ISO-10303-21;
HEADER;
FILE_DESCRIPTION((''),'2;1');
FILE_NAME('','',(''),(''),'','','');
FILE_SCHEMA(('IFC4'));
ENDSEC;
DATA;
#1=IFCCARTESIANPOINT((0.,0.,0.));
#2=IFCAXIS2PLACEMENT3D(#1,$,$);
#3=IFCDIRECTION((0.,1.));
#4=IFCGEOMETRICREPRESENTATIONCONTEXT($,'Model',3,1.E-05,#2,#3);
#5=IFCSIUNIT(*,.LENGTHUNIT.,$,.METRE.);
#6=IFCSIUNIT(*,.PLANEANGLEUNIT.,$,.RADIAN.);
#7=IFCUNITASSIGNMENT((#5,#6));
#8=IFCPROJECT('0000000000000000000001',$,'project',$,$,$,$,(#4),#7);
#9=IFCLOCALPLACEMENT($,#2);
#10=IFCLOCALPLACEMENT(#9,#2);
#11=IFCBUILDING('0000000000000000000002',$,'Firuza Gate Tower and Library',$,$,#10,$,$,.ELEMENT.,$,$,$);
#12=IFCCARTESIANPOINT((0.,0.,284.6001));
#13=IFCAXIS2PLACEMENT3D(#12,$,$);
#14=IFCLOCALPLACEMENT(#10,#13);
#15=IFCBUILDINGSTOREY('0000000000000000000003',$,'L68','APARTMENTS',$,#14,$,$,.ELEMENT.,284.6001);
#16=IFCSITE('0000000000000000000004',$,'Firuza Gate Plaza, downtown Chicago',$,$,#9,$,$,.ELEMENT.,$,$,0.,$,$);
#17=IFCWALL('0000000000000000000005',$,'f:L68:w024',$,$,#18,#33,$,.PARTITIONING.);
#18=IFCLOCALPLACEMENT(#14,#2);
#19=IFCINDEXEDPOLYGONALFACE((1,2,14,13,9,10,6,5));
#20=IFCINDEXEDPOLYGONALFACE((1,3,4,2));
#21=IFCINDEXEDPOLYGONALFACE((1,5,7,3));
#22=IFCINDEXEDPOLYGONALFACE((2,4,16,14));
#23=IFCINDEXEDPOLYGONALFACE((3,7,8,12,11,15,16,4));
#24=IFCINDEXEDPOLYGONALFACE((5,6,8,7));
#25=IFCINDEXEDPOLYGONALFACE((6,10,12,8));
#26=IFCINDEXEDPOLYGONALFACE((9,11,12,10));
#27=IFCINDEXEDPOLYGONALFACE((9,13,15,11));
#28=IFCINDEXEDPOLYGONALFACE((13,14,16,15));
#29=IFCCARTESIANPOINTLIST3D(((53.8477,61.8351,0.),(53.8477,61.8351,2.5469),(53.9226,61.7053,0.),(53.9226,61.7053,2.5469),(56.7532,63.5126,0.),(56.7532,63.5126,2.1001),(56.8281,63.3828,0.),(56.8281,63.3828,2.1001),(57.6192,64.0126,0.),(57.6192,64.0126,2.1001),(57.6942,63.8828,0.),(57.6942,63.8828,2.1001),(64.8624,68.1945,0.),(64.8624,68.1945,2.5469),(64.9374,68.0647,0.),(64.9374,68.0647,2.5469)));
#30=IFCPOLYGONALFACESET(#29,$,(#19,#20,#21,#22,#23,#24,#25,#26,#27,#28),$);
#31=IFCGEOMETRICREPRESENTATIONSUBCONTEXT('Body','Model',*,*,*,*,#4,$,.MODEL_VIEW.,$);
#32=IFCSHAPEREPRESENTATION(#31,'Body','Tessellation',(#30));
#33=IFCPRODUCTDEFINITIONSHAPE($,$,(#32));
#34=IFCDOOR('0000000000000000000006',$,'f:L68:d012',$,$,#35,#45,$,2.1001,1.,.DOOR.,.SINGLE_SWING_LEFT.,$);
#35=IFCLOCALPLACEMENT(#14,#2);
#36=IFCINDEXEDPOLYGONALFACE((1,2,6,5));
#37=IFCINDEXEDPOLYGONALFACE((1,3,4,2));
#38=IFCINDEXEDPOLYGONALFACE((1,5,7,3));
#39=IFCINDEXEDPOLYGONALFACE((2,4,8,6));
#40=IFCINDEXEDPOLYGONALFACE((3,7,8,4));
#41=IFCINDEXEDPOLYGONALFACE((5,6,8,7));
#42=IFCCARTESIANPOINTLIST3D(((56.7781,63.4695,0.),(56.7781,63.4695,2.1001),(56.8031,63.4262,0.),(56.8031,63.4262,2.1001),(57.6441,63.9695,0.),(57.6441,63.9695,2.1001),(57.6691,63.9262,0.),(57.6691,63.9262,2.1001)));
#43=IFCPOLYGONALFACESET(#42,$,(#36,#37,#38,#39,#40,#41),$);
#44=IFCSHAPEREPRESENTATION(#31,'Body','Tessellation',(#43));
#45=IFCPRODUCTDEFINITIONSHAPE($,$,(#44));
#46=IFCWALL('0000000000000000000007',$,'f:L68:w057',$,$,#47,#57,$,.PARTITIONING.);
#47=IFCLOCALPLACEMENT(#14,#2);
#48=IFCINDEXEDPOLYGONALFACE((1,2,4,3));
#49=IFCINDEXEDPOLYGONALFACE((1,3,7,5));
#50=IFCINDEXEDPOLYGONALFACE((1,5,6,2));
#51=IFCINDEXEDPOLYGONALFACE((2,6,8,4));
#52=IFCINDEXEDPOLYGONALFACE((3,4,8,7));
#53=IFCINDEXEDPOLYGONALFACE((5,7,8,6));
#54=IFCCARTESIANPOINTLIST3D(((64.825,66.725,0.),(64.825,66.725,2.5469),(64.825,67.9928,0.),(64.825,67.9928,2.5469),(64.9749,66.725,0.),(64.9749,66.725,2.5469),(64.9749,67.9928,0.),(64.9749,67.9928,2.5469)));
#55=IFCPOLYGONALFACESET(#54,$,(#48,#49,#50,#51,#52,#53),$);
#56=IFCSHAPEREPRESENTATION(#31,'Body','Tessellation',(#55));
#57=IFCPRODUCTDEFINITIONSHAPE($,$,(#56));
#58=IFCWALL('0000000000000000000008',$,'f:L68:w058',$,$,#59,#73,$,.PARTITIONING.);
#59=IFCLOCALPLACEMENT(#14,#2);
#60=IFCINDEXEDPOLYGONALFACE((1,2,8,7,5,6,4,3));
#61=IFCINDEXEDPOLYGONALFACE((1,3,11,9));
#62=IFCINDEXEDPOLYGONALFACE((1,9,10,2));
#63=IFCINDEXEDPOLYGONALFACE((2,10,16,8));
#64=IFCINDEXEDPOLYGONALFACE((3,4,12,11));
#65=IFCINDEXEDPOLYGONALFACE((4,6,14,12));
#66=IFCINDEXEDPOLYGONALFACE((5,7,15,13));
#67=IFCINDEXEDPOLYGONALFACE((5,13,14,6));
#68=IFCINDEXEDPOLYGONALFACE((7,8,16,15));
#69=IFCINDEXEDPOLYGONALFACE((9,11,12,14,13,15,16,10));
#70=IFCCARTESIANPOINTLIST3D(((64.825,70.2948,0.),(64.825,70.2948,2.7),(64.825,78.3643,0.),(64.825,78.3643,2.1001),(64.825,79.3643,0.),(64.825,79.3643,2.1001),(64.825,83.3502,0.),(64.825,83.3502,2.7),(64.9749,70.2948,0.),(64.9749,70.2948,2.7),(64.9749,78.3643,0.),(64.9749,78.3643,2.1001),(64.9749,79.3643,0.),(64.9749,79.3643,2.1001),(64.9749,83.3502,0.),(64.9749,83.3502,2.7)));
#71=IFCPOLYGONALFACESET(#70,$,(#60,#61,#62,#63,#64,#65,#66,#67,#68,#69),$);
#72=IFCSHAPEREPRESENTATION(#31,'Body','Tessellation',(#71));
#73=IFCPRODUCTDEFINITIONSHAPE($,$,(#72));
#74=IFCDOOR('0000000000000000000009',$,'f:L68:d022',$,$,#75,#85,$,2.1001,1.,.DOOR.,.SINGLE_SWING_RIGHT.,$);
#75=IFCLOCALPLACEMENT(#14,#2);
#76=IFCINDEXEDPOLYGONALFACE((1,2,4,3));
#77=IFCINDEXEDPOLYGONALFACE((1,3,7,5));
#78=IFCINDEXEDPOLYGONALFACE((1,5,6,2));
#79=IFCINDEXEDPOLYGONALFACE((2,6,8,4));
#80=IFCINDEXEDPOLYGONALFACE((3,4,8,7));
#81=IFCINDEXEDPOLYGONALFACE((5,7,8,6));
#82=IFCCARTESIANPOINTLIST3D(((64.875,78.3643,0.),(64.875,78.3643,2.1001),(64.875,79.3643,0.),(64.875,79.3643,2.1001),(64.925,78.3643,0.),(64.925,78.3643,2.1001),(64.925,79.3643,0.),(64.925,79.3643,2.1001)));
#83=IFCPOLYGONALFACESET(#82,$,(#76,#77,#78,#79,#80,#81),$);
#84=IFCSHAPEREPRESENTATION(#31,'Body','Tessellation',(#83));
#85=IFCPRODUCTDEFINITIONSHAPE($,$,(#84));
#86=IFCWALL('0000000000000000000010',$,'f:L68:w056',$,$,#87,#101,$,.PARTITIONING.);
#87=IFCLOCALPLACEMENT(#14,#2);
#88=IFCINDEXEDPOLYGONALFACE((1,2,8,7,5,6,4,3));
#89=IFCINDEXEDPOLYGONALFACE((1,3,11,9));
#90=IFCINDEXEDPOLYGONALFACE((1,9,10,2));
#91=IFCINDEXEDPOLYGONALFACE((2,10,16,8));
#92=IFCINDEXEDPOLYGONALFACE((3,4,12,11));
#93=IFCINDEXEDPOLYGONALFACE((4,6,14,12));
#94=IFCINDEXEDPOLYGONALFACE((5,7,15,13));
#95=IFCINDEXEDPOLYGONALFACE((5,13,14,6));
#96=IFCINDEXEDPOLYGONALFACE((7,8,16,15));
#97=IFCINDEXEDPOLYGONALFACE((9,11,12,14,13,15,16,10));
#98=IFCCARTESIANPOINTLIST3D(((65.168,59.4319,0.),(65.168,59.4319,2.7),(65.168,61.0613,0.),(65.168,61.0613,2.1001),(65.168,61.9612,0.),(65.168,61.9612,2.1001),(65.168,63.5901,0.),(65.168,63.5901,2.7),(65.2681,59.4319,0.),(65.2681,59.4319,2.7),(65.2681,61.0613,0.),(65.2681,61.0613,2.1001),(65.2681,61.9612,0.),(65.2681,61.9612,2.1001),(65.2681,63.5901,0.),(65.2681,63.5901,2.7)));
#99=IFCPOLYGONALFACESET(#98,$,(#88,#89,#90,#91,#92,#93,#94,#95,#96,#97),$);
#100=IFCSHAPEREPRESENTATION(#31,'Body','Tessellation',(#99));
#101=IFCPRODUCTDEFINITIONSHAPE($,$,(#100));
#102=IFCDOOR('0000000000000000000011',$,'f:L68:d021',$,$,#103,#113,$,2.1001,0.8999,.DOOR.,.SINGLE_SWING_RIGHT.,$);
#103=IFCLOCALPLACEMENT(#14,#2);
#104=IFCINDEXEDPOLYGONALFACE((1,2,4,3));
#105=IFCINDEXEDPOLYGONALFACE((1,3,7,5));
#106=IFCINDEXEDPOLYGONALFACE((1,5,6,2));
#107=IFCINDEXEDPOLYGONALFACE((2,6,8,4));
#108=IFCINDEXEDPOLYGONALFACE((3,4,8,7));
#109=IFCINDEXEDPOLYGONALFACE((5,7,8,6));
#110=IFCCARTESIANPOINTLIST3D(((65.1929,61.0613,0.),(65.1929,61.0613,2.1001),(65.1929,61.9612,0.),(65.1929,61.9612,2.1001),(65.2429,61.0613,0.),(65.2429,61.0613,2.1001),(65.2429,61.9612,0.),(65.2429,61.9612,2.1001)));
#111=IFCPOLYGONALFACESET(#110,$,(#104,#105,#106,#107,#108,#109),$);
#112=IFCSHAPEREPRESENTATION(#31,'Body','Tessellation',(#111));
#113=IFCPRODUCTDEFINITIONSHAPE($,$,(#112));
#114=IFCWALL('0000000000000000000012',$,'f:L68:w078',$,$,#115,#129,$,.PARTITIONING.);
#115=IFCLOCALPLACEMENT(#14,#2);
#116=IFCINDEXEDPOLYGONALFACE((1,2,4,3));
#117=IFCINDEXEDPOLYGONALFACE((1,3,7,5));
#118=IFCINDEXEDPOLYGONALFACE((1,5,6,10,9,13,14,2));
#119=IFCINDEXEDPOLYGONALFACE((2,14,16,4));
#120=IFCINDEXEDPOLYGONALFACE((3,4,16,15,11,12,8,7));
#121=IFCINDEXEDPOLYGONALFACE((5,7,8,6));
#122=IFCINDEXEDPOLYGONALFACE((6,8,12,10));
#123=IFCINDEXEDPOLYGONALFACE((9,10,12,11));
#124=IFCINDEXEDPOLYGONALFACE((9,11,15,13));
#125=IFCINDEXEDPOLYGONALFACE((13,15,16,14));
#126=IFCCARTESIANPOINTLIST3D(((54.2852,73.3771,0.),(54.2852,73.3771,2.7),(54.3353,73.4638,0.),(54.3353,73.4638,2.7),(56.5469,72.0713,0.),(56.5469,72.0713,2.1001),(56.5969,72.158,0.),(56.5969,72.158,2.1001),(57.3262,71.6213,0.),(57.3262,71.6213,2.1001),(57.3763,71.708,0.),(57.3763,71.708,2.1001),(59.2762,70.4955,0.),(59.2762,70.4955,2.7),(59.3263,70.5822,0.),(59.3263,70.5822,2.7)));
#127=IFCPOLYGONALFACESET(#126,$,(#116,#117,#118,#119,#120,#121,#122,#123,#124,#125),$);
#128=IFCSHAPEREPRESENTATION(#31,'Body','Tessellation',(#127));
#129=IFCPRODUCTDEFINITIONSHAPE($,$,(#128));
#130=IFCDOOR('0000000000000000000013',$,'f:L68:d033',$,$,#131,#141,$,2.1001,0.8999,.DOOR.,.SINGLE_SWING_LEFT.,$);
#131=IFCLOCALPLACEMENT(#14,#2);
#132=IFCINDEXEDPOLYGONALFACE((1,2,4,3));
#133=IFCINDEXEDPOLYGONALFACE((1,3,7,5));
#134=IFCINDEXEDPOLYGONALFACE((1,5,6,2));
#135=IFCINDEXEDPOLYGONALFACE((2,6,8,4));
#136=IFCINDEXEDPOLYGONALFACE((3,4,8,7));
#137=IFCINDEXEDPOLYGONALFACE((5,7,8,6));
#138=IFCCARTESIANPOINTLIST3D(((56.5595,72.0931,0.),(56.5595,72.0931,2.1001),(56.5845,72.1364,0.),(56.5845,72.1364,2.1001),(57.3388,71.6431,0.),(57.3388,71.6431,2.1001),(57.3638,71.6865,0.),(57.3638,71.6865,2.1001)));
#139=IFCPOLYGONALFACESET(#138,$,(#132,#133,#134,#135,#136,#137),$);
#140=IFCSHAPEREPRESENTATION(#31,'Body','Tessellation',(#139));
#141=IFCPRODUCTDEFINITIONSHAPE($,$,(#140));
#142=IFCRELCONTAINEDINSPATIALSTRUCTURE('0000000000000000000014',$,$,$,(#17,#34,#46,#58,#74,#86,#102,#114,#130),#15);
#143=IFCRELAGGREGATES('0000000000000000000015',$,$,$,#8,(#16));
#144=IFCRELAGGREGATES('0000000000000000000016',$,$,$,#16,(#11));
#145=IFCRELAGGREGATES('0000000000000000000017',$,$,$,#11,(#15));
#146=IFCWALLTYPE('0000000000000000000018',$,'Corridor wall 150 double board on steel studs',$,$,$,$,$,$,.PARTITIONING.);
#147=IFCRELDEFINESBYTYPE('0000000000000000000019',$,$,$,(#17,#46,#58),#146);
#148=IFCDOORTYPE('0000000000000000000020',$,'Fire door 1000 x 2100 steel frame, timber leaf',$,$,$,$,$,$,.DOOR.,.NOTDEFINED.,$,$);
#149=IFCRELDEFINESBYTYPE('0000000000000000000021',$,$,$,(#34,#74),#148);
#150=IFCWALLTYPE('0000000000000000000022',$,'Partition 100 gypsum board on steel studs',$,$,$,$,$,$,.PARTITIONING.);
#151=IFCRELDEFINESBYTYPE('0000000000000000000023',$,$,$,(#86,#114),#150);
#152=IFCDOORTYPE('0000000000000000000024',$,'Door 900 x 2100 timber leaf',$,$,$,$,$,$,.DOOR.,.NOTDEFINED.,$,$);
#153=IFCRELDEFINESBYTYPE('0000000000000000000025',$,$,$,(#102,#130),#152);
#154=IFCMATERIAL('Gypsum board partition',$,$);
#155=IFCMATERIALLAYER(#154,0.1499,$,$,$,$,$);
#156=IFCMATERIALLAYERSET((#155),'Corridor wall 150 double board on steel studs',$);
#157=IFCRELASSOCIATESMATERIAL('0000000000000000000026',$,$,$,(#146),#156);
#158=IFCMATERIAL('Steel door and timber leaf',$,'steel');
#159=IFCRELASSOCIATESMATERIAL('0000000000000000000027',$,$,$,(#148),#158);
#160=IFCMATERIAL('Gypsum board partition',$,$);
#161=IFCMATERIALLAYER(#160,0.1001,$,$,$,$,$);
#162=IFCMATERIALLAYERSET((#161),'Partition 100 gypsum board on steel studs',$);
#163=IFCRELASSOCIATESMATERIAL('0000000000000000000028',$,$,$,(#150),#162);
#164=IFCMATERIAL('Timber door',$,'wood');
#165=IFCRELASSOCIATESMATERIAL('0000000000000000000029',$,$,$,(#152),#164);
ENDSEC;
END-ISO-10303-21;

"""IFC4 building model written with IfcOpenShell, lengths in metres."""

from ifc_helpers import new_model, si_unit, direction, frame, frame_2d, origin, place, context, subcontext, project, spatial, rectangle, extrude, material, layer, layer_set, type_object, element, fill, save


model = new_model("IFC4")

# Units and contexts
model_context = context("Model", 3, precision=1e-05, world=origin(), true_north=direction((0.0, 1.0)))
body_context = subcontext(model_context, "Body", "Model", "MODEL_VIEW")
ifc_project = project(units=[si_unit("LENGTHUNIT", "METRE"), si_unit("PLANEANGLEUNIT", "RADIAN")], contexts=[model_context])

# Site, building, storey
site_placement = place(None, origin())
site = spatial("IfcSite", under=ifc_project, at=site_placement, Name="Firuza Gate Plaza, downtown Chicago", CompositionType="ELEMENT", RefElevation=0.0)
building_placement = place(site_placement, origin())
building = spatial("IfcBuilding", under=site, at=building_placement, Name="Firuza Gate Tower and Library", CompositionType="ELEMENT")
storey_placement = place(building_placement, frame((0.0, 0.0, 284.6001)))
storey = spatial("IfcBuildingStorey", under=building, at=storey_placement, Name="L68", Description="APARTMENTS", CompositionType="ELEMENT", Elevation=284.6001)

# Wall, opening, door
ifc_material_1 = material(Name="Gypsum board partition")
ifc_layer_1 = layer(ifc_material_1, 0.1499)
ifc_layer_set_1 = layer_set([ifc_layer_1], Name="Corridor wall 150 double board on steel studs")
wall_type_1 = type_object("IfcWallType", Name="Corridor wall 150 double board on steel studs", PredefinedType="PARTITIONING", material=ifc_layer_set_1)
wall_1_placement = place(storey_placement, frame((64.8999, 68.1296, 0.0), z_axis=(0.0, 0.0, 1.0), x_axis=(-0.866023, -0.500004, 0.0)))
wall_1 = element("IfcWall", 1, at=wall_1_placement, inside=storey, type_object=wall_type_1, Name="f:L68:w024", PredefinedType="PARTITIONING", context=body_context, shape_type="SweptSolid", body=[
    extrude(rectangle(XDim=12.7188, YDim=0.1499, at=frame_2d((6.3594, 0.0))), origin(), (0.0, 0.0, 1.0), 2.5469),
])
opening_1_placement = place(wall_1_placement, frame((8.3638, 0.0, 0.0)))
opening_1 = element("IfcOpeningElement", 2, at=opening_1_placement, cuts=wall_1, PredefinedType="OPENING", context=body_context, shape_type="SweptSolid", body=[
    extrude(rectangle(XDim=1.0, YDim=2.1001, at=frame_2d((0.5, 1.05))), frame((0.0, 0.085, 0.0), z_axis=(0.0, -1.0, 0.0), x_axis=(1.0, 0.0, 0.0)), (0.0, 0.0, 1.0), 0.1699),
])
ifc_material_2 = material(Name="Steel door and timber leaf", Category="steel")
door_type_1 = type_object("IfcDoorType", Name="Fire door 1000 x 2100 steel frame, timber leaf", OperationType="NOTDEFINED", PredefinedType="DOOR", material=ifc_material_2)
door_1_placement = place(opening_1_placement, origin())
door_1 = element("IfcDoor", 3, at=door_1_placement, inside=storey, type_object=door_type_1, Name="f:L68:d012", OperationType="SINGLE_SWING_LEFT", OverallHeight=2.1001, OverallWidth=1.0, PredefinedType="DOOR", context=body_context, shape_type="SweptSolid", body=[
    extrude(rectangle(XDim=1.0, YDim=2.1001, at=frame_2d((0.5, 1.05))), frame((0.0, 0.0249, 0.0), z_axis=(0.0, -1.0, 0.0), x_axis=(1.0, 0.0, 0.0)), (0.0, 0.0, 1.0), 0.05),
])
fill(opening_1, door_1)

# Wall
wall_2_placement = place(storey_placement, frame((64.8999, 66.7251, 0.0), z_axis=(0.0, 0.0, 1.0), x_axis=(0.0, 1.0, 0.0)))
element("IfcWall", 4, at=wall_2_placement, inside=storey, type_object=wall_type_1, Name="f:L68:w057", PredefinedType="PARTITIONING", context=body_context, shape_type="SweptSolid", body=[
    extrude(rectangle(XDim=1.2678, YDim=0.1499, at=frame_2d((0.6338, 0.0))), origin(), (0.0, 0.0, 1.0), 2.5469),
])

# Walls, openings, doors
wall_3_placement = place(storey_placement, frame((64.8999, 70.2947, 0.0), z_axis=(0.0, 0.0, 1.0), x_axis=(0.0, 1.0, 0.0)))
wall_3 = element("IfcWall", 5, at=wall_3_placement, inside=storey, type_object=wall_type_1, Name="f:L68:w058", PredefinedType="PARTITIONING", context=body_context, shape_type="SweptSolid", body=[
    extrude(rectangle(XDim=13.0554, YDim=0.1499, at=frame_2d((6.5278, 0.0))), origin(), (0.0, 0.0, 1.0), 2.7),
])
opening_2_placement = place(wall_3_placement, frame((8.0696, 0.0, 0.0)))
opening_2 = element("IfcOpeningElement", 6, at=opening_2_placement, cuts=wall_3, PredefinedType="OPENING", context=body_context, shape_type="SweptSolid", body=[
    extrude(rectangle(XDim=1.0, YDim=2.1001, at=frame_2d((0.5, 1.05))), frame((0.0, 0.085, 0.0), z_axis=(0.0, -1.0, 0.0), x_axis=(1.0, 0.0, 0.0)), (0.0, 0.0, 1.0), 0.1699),
])
door_2_placement = place(opening_2_placement, origin())
door_2 = element("IfcDoor", 7, at=door_2_placement, inside=storey, type_object=door_type_1, Name="f:L68:d022", OperationType="SINGLE_SWING_RIGHT", OverallHeight=2.1001, OverallWidth=1.0, PredefinedType="DOOR", context=body_context, shape_type="SweptSolid", body=[
    extrude(rectangle(XDim=1.0, YDim=2.1001, at=frame_2d((0.5, 1.05))), frame((0.0, 0.0249, 0.0), z_axis=(0.0, -1.0, 0.0), x_axis=(1.0, 0.0, 0.0)), (0.0, 0.0, 1.0), 0.05),
])
fill(opening_2, door_2)
ifc_material_3 = material(Name="Gypsum board partition")
ifc_layer_2 = layer(ifc_material_3, 0.1001)
ifc_layer_set_2 = layer_set([ifc_layer_2], Name="Partition 100 gypsum board on steel studs")
wall_type_2 = type_object("IfcWallType", Name="Partition 100 gypsum board on steel studs", PredefinedType="PARTITIONING", material=ifc_layer_set_2)
wall_4_placement = place(storey_placement, frame((65.218, 63.5901, 0.0), z_axis=(0.0, 0.0, 1.0), x_axis=(0.0, -1.0, 0.0)))
wall_4 = element("IfcWall", 8, at=wall_4_placement, inside=storey, type_object=wall_type_2, Name="f:L68:w056", PredefinedType="PARTITIONING", context=body_context, shape_type="SweptSolid", body=[
    extrude(rectangle(XDim=4.1582, YDim=0.1001, at=frame_2d((2.0791, 0.0))), origin(), (0.0, 0.0, 1.0), 2.7),
])
opening_3_placement = place(wall_4_placement, frame((1.6289, 0.0, 0.0)))
opening_3 = element("IfcOpeningElement", 9, at=opening_3_placement, cuts=wall_4, PredefinedType="OPENING", context=body_context, shape_type="SweptSolid", body=[
    extrude(rectangle(XDim=0.8999, YDim=2.1001, at=frame_2d((0.45, 1.05))), frame((0.0, 0.0601, 0.0), z_axis=(0.0, -1.0, 0.0), x_axis=(1.0, 0.0, 0.0)), (0.0, 0.0, 1.0), 0.1201),
])
ifc_material_4 = material(Name="Timber door", Category="wood")
door_type_2 = type_object("IfcDoorType", Name="Door 900 x 2100 timber leaf", OperationType="NOTDEFINED", PredefinedType="DOOR", material=ifc_material_4)
door_3_placement = place(opening_3_placement, origin())
door_3 = element("IfcDoor", 10, at=door_3_placement, inside=storey, type_object=door_type_2, Name="f:L68:d021", OperationType="SINGLE_SWING_RIGHT", OverallHeight=2.1001, OverallWidth=0.8999, PredefinedType="DOOR", context=body_context, shape_type="SweptSolid", body=[
    extrude(rectangle(XDim=0.8999, YDim=2.1001, at=frame_2d((0.45, 1.05))), frame((0.0, 0.0249, 0.0), z_axis=(0.0, -1.0, 0.0), x_axis=(1.0, 0.0, 0.0)), (0.0, 0.0, 1.0), 0.05),
])
fill(opening_3, door_3)
wall_5_placement = place(storey_placement, frame((59.3013, 70.5388, 0.0), z_axis=(0.0, 0.0, 1.0), x_axis=(-0.866021, 0.500007, 0.0)))
wall_5 = element("IfcWall", 11, at=wall_5_placement, inside=storey, type_object=wall_type_2, Name="f:L68:w078", PredefinedType="PARTITIONING", context=body_context, shape_type="SweptSolid", body=[
    extrude(rectangle(XDim=5.7632, YDim=0.1001, at=frame_2d((2.8816, 0.0))), origin(), (0.0, 0.0, 1.0), 2.7),
])
opening_4_placement = place(wall_5_placement, frame((2.2517, 0.0, 0.0)))
opening_4 = element("IfcOpeningElement", 12, at=opening_4_placement, cuts=wall_5, PredefinedType="OPENING", context=body_context, shape_type="SweptSolid", body=[
    extrude(rectangle(XDim=0.8999, YDim=2.1001, at=frame_2d((0.45, 1.05))), frame((0.0, 0.0601, 0.0), z_axis=(0.0, -1.0, 0.0), x_axis=(1.0, 0.0, 0.0)), (0.0, 0.0, 1.0), 0.1201),
])
door_4_placement = place(opening_4_placement, origin())
door_4 = element("IfcDoor", 13, at=door_4_placement, inside=storey, type_object=door_type_2, Name="f:L68:d033", OperationType="SINGLE_SWING_LEFT", OverallHeight=2.1001, OverallWidth=0.8999, PredefinedType="DOOR", context=body_context, shape_type="SweptSolid", body=[
    extrude(rectangle(XDim=0.8999, YDim=2.1001, at=frame_2d((0.45, 1.05))), frame((0.0, 0.0249, 0.0), z_axis=(0.0, -1.0, 0.0), x_axis=(1.0, 0.0, 0.0)), (0.0, 0.0, 1.0), 0.05),
])
fill(opening_4, door_4)

save(model, "model.ifc")
